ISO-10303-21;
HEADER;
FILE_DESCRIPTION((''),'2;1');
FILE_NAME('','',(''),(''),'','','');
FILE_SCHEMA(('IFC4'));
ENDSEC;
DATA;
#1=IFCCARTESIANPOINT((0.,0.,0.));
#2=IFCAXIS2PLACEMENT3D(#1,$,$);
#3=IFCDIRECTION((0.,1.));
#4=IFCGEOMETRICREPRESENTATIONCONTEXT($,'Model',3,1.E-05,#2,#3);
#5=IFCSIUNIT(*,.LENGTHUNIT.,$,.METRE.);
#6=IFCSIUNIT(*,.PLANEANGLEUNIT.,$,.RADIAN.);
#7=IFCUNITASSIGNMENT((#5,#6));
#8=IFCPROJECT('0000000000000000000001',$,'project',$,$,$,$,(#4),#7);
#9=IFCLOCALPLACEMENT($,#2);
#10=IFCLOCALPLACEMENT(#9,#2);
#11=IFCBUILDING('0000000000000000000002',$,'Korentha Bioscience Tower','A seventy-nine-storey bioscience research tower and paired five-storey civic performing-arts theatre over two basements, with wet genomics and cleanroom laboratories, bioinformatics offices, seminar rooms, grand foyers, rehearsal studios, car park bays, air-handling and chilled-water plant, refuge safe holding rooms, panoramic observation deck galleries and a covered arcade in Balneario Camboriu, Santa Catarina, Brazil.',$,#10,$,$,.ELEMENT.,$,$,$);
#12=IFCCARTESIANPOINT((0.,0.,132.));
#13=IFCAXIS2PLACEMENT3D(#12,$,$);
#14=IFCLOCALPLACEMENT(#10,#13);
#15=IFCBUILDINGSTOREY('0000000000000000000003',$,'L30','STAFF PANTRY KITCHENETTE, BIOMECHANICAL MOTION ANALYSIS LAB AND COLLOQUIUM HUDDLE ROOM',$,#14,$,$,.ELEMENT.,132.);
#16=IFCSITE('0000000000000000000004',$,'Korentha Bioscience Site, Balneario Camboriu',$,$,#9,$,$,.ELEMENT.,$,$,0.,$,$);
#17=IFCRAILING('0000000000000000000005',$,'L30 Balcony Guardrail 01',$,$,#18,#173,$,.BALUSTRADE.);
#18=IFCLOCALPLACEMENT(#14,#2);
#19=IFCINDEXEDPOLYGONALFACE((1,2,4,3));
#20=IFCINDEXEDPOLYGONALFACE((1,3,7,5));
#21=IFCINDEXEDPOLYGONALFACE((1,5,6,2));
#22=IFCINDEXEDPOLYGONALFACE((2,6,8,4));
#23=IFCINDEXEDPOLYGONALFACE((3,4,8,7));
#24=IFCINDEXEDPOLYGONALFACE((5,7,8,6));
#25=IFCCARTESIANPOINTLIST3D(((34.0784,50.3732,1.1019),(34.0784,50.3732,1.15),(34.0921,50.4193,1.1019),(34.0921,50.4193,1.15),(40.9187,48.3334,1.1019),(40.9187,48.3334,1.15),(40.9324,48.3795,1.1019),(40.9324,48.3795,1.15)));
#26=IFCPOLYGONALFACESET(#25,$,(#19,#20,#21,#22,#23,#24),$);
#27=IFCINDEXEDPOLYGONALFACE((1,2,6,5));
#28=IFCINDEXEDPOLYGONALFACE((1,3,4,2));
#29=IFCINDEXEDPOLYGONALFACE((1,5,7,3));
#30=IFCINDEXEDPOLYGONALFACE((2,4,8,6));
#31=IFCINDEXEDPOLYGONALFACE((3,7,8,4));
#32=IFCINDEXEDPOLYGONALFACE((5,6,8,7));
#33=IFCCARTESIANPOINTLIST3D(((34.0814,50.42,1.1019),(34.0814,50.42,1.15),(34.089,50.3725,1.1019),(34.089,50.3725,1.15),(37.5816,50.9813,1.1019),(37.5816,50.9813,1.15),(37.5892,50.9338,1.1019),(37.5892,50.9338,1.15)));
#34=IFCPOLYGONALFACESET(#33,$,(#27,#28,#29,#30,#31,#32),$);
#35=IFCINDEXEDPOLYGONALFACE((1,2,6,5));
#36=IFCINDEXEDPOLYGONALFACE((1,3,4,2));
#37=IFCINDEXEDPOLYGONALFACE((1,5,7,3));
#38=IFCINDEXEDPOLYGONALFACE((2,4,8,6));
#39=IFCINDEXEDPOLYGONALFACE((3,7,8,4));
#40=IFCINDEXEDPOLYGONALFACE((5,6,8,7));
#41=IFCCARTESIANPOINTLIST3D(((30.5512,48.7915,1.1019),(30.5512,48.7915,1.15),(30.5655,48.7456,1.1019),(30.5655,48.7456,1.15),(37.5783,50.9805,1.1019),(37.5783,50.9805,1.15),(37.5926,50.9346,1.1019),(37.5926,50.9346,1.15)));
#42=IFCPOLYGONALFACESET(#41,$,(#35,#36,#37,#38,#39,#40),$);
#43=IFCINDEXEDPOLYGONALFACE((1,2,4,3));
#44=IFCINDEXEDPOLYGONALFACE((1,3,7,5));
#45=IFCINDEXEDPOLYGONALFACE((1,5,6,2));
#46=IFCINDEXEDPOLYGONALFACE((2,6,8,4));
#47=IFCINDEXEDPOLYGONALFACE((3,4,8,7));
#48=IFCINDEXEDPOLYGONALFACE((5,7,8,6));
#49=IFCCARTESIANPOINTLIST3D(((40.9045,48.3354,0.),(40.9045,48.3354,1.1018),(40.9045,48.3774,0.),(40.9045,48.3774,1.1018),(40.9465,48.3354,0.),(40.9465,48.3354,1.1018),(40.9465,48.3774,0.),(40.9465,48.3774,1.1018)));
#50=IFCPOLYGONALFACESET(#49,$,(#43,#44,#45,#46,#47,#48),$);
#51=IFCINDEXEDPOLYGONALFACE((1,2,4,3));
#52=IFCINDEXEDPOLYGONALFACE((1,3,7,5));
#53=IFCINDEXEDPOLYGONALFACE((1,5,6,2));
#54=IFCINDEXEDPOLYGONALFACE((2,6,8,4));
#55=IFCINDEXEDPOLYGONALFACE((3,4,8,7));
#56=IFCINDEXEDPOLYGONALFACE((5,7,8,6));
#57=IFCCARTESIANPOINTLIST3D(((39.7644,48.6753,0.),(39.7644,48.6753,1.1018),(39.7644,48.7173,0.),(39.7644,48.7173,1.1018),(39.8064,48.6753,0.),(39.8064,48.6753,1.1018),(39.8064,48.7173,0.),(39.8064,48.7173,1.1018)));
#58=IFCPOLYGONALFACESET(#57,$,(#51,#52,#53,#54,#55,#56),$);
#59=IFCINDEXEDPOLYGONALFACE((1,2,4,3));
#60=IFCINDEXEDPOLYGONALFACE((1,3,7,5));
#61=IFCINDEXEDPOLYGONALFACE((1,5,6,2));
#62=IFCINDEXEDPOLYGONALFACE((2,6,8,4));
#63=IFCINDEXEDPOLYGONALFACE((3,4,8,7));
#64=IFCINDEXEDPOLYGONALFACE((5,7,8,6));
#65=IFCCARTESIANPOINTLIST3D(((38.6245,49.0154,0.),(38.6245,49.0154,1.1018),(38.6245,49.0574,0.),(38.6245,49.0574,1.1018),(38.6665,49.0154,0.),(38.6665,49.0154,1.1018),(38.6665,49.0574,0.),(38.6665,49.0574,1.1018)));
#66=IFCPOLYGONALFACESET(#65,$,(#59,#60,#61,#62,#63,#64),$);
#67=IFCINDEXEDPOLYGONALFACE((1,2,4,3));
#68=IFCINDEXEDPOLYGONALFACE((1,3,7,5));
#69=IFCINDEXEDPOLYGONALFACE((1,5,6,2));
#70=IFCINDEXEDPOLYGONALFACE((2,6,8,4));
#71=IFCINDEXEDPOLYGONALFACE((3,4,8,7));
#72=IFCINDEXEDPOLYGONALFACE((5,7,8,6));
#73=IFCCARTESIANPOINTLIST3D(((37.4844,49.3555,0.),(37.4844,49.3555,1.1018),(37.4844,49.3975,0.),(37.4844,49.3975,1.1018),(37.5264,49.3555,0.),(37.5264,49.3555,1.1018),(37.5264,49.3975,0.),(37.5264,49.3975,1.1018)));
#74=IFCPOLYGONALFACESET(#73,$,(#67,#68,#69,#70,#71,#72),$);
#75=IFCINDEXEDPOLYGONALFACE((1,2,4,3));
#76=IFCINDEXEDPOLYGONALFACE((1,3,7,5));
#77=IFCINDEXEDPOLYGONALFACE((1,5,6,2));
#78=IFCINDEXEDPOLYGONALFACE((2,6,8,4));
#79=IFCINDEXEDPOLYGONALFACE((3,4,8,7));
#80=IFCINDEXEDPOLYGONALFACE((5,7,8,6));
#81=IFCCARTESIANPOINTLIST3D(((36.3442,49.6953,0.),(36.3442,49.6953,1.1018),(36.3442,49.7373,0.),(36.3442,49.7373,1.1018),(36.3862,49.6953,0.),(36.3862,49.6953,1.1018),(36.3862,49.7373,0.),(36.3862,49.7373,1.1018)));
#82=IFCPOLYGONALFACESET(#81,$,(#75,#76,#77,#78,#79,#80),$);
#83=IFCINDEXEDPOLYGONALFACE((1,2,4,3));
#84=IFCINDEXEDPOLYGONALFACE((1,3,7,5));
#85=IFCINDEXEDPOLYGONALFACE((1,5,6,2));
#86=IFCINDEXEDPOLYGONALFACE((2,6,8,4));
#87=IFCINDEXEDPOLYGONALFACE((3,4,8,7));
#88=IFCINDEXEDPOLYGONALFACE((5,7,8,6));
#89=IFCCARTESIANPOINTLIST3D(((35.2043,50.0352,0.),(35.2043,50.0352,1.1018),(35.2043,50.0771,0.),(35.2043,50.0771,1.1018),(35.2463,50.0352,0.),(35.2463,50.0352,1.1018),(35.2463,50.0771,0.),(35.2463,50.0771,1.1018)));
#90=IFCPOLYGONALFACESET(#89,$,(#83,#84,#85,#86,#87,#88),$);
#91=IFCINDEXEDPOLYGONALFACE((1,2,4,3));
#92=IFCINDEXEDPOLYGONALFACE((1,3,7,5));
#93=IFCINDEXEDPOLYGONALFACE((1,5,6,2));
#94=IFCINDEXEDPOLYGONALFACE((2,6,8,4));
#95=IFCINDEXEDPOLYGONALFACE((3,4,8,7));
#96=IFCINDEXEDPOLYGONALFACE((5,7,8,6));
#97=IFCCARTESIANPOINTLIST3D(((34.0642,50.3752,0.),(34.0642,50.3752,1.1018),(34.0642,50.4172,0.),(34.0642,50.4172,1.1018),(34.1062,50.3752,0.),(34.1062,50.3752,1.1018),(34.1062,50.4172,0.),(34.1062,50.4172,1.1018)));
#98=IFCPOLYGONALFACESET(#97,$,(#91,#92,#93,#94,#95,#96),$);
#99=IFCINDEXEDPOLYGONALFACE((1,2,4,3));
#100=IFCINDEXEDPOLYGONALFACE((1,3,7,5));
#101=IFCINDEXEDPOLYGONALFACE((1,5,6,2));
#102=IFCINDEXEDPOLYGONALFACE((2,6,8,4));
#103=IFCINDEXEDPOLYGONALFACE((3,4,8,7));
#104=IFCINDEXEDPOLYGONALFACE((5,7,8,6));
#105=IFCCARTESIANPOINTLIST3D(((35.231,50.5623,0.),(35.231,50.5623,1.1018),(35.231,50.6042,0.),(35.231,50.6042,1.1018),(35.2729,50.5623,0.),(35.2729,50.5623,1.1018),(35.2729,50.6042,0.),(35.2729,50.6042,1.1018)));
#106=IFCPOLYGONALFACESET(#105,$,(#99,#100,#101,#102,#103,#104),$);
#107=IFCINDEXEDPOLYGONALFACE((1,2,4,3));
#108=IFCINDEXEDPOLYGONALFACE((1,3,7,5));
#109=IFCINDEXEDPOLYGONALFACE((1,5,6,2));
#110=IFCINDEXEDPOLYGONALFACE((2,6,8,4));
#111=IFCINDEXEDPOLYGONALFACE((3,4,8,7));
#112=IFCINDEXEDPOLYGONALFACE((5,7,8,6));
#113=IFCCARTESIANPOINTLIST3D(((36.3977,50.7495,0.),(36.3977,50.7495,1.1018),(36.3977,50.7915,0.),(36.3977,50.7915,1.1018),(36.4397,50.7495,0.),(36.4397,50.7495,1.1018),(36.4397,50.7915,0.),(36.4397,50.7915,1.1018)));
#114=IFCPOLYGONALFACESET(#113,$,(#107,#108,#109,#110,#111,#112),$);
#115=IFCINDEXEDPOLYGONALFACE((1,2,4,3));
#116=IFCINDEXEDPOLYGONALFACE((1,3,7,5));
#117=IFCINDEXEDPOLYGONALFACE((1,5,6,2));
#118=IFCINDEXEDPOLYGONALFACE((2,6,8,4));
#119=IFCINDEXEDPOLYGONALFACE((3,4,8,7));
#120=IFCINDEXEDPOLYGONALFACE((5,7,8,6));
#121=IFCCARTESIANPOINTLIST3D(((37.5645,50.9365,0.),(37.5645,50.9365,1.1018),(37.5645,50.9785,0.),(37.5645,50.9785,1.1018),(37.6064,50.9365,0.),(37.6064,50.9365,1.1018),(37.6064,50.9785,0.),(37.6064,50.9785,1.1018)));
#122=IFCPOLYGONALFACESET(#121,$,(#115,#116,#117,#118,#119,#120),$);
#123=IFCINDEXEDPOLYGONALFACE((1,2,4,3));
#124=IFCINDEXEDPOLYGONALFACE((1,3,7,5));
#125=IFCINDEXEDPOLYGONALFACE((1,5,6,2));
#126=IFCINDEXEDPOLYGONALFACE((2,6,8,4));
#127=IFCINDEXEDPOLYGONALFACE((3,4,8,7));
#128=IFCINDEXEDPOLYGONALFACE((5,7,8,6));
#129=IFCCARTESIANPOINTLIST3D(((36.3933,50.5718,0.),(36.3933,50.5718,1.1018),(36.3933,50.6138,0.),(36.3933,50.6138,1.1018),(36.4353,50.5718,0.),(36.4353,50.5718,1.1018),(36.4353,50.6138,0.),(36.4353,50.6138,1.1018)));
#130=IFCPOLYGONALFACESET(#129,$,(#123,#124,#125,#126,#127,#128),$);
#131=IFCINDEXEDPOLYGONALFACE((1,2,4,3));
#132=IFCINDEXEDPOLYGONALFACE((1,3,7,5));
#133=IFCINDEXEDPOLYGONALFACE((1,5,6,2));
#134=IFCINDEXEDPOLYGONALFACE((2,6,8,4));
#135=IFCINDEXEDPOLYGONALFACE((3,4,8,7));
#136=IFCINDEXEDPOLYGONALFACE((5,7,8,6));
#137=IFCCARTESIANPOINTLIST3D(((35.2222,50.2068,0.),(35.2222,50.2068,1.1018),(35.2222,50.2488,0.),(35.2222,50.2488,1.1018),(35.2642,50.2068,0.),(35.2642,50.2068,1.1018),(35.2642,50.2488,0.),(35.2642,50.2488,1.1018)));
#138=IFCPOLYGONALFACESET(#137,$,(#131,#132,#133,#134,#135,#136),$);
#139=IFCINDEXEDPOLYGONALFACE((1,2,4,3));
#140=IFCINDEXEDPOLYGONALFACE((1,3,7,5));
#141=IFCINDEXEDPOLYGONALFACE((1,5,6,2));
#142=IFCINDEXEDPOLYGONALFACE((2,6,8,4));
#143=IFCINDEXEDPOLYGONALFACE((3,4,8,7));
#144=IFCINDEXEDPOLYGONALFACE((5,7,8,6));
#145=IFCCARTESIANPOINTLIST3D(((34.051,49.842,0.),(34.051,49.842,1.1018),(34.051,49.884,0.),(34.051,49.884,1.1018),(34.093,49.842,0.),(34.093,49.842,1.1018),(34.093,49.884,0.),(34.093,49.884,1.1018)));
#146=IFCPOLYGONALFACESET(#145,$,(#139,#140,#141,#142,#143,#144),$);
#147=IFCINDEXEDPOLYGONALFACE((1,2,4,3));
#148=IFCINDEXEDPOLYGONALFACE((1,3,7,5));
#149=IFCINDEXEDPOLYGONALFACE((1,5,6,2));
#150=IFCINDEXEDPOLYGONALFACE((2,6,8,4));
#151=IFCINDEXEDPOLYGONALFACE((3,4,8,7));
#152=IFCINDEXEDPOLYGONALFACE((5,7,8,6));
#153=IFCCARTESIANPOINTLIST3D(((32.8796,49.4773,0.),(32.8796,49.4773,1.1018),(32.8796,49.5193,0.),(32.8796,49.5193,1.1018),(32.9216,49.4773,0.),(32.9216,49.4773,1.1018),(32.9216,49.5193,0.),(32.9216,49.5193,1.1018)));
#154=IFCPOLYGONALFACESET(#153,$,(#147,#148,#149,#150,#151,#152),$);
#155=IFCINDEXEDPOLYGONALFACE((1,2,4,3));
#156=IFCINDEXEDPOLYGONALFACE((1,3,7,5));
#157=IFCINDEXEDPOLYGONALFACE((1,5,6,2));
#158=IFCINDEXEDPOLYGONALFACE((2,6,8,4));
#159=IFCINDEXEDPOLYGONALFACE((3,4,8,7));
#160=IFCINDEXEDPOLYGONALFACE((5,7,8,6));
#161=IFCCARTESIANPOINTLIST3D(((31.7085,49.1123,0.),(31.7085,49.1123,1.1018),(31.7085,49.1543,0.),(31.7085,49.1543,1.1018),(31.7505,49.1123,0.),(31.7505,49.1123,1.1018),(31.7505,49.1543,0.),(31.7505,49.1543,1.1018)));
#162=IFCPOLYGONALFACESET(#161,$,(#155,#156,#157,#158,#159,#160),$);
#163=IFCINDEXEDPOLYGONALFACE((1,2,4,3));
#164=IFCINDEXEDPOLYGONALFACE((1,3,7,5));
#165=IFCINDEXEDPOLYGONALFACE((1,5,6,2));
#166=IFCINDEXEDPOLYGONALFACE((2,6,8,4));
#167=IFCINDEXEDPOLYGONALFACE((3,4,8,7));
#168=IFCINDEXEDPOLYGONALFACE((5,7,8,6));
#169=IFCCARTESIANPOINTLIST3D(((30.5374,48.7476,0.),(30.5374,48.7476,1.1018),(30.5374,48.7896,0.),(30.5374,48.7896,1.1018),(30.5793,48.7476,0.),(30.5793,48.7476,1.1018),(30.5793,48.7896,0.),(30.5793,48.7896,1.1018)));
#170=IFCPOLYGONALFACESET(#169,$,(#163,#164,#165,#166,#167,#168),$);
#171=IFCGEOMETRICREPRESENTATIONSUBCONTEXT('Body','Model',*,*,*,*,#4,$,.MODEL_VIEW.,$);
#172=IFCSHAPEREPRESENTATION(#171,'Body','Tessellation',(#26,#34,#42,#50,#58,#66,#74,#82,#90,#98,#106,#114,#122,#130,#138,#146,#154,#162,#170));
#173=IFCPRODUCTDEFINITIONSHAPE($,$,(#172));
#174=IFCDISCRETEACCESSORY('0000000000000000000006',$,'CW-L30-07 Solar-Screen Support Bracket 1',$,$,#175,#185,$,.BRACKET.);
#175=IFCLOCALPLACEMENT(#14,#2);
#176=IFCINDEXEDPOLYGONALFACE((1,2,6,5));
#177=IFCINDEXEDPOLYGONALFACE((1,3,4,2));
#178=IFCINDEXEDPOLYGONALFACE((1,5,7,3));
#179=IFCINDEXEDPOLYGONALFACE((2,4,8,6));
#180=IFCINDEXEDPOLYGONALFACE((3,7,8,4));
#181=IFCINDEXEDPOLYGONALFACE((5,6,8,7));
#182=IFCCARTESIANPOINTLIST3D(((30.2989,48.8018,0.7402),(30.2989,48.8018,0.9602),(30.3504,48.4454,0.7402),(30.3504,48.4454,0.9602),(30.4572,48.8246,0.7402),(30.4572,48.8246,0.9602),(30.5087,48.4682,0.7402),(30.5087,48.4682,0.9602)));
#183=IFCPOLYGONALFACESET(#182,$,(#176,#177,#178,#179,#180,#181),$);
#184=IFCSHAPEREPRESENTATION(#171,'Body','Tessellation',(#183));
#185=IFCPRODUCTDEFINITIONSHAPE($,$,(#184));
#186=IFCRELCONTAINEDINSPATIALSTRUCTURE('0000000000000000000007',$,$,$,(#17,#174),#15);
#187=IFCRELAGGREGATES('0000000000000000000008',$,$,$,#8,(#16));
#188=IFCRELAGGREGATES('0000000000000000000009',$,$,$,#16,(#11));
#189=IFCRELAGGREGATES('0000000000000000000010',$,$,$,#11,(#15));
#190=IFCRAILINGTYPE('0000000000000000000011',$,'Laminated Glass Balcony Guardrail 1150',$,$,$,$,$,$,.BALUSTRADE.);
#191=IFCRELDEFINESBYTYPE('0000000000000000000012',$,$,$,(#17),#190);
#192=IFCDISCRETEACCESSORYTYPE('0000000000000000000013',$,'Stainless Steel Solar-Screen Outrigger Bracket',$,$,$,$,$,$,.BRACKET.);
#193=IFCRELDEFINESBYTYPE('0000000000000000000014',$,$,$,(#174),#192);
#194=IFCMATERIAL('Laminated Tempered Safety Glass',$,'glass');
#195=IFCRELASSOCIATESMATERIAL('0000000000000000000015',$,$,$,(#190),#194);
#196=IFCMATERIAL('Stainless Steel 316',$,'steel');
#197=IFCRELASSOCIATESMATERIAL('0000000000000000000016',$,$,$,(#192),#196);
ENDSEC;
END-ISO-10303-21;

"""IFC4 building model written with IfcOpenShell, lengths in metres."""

from ifc_helpers import new_model, si_unit, direction, frame, origin, origin_2d, place, context, subcontext, project, spatial, rectangle, extrude, material, type_object, element, save


model = new_model("IFC4")

# Units and contexts
model_context = context("Model", 3, precision=1e-05, world=origin(), true_north=direction((0.0, 1.0)))
body_context = subcontext(model_context, "Body", "Model", "MODEL_VIEW")
ifc_project = project(units=[si_unit("LENGTHUNIT", "METRE"), si_unit("PLANEANGLEUNIT", "RADIAN")], contexts=[model_context])

# Site, building, storey
site_placement = place(None, origin())
site = spatial("IfcSite", under=ifc_project, at=site_placement, Name="Korentha Bioscience Site, Balneario Camboriu", CompositionType="ELEMENT", RefElevation=0.0)
building_placement = place(site_placement, origin())
building = spatial("IfcBuilding", under=site, at=building_placement, Name="Korentha Bioscience Tower", Description="A seventy-nine-storey bioscience research tower and paired five-storey civic performing-arts theatre over two basements, with wet genomics and cleanroom laboratories, bioinformatics offices, seminar rooms, grand foyers, rehearsal studios, car park bays, air-handling and chilled-water plant, refuge safe holding rooms, panoramic observation deck galleries and a covered arcade in Balneario Camboriu, Santa Catarina, Brazil.", CompositionType="ELEMENT")
storey_placement = place(building_placement, frame((0.0, 0.0, 132.0)))
storey = spatial("IfcBuildingStorey", under=building, at=storey_placement, Name="L30", Description="STAFF PANTRY KITCHENETTE, BIOMECHANICAL MOTION ANALYSIS LAB AND COLLOQUIUM HUDDLE ROOM", CompositionType="ELEMENT", Elevation=132.0)

# Railing
ifc_material_1 = material(Name="Laminated Tempered Safety Glass", Category="glass")
railing_type = type_object("IfcRailingType", Name="Laminated Glass Balcony Guardrail 1150", PredefinedType="BALUSTRADE", material=ifc_material_1)
railing_placement = place(storey_placement, frame((40.9255, 48.3564, 0.0)))
element("IfcRailing", 1, at=railing_placement, inside=storey, type_object=railing_type, Name="L30 Balcony Guardrail 01", PredefinedType="BALUSTRADE", context=body_context, shape_type="SweptSolid", body=[
    extrude(rectangle(XDim=0.0481, YDim=0.0481, at=origin_2d()), frame((0.0, 0.0, 1.126), z_axis=(-0.958299, 0.285766, 0.0), x_axis=(-0.285766, -0.958299, 0.0)), (0.0, 0.0, 1.0), 7.1379),
    extrude(rectangle(XDim=0.0481, YDim=0.0481, at=origin_2d()), frame((-6.8403, 2.0398, 1.126), z_axis=(0.987386, 0.158332, 0.0), x_axis=(-0.158332, 0.987386, 0.0)), (0.0, 0.0, 1.0), 3.5449),
    extrude(rectangle(XDim=0.0481, YDim=0.0481, at=origin_2d()), frame((-3.3401, 2.6011, 1.126), z_axis=(-0.95475, -0.297408, 0.0), x_axis=(0.297408, -0.95475, 0.0)), (0.0, 0.0, 1.0), 7.3601),
    extrude(rectangle(XDim=0.042, YDim=0.042, at=origin_2d()), origin(), (0.0, 0.0, 1.0), 1.1018),
    extrude(rectangle(XDim=0.042, YDim=0.042, at=origin_2d()), frame((-1.1401, 0.3398, 0.0)), (0.0, 0.0, 1.0), 1.1018),
    extrude(rectangle(XDim=0.042, YDim=0.042, at=origin_2d()), frame((-2.28, 0.6799, 0.0)), (0.0, 0.0, 1.0), 1.1018),
    extrude(rectangle(XDim=0.042, YDim=0.042, at=origin_2d()), frame((-3.4202, 1.02, 0.0)), (0.0, 0.0, 1.0), 1.1018),
    extrude(rectangle(XDim=0.042, YDim=0.042, at=origin_2d()), frame((-4.5603, 1.3599, 0.0)), (0.0, 0.0, 1.0), 1.1018),
    extrude(rectangle(XDim=0.042, YDim=0.042, at=origin_2d()), frame((-5.7002, 1.6997, 0.0)), (0.0, 0.0, 1.0), 1.1018),
    extrude(rectangle(XDim=0.042, YDim=0.042, at=origin_2d()), frame((-6.8403, 2.0398, 0.0)), (0.0, 0.0, 1.0), 1.1018),
    extrude(rectangle(XDim=0.042, YDim=0.042, at=origin_2d()), frame((-5.6736, 2.2268, 0.0)), (0.0, 0.0, 1.0), 1.1018),
    extrude(rectangle(XDim=0.042, YDim=0.042, at=origin_2d()), frame((-4.5068, 2.4141, 0.0)), (0.0, 0.0, 1.0), 1.1018),
    extrude(rectangle(XDim=0.042, YDim=0.042, at=origin_2d()), frame((-3.3401, 2.6011, 0.0)), (0.0, 0.0, 1.0), 1.1018),
    extrude(rectangle(XDim=0.042, YDim=0.042, at=origin_2d()), frame((-4.5112, 2.2363, 0.0)), (0.0, 0.0, 1.0), 1.1018),
    extrude(rectangle(XDim=0.042, YDim=0.042, at=origin_2d()), frame((-5.6824, 1.8713, 0.0)), (0.0, 0.0, 1.0), 1.1018),
    extrude(rectangle(XDim=0.042, YDim=0.042, at=origin_2d()), frame((-6.8535, 1.5066, 0.0)), (0.0, 0.0, 1.0), 1.1018),
    extrude(rectangle(XDim=0.042, YDim=0.042, at=origin_2d()), frame((-8.0249, 1.1418, 0.0)), (0.0, 0.0, 1.0), 1.1018),
    extrude(rectangle(XDim=0.042, YDim=0.042, at=origin_2d()), frame((-9.196, 0.7769, 0.0)), (0.0, 0.0, 1.0), 1.1018),
    extrude(rectangle(XDim=0.042, YDim=0.042, at=origin_2d()), frame((-10.3672, 0.4121, 0.0)), (0.0, 0.0, 1.0), 1.1018),
])

# Discrete accessory
ifc_material_2 = material(Name="Stainless Steel 316", Category="steel")
discrete_accessory_type = type_object("IfcDiscreteAccessoryType", Name="Stainless Steel Solar-Screen Outrigger Bracket", PredefinedType="BRACKET", material=ifc_material_2)
discrete_accessory_placement = place(storey_placement, frame((30.4038, 48.635, 0.7402), z_axis=(0.0, 0.0, 1.0), x_axis=(-0.989738, -0.142892, 0.0)))
element("IfcDiscreteAccessory", 2, at=discrete_accessory_placement, inside=storey, type_object=discrete_accessory_type, Name="CW-L30-07 Solar-Screen Support Bracket 1", PredefinedType="BRACKET", context=body_context, shape_type="SweptSolid", body=[
    extrude(rectangle(XDim=0.1599, YDim=0.3601, at=origin_2d()), origin(), (0.0, 0.0, 1.0), 0.22),
])

save(model, "model.ifc")
